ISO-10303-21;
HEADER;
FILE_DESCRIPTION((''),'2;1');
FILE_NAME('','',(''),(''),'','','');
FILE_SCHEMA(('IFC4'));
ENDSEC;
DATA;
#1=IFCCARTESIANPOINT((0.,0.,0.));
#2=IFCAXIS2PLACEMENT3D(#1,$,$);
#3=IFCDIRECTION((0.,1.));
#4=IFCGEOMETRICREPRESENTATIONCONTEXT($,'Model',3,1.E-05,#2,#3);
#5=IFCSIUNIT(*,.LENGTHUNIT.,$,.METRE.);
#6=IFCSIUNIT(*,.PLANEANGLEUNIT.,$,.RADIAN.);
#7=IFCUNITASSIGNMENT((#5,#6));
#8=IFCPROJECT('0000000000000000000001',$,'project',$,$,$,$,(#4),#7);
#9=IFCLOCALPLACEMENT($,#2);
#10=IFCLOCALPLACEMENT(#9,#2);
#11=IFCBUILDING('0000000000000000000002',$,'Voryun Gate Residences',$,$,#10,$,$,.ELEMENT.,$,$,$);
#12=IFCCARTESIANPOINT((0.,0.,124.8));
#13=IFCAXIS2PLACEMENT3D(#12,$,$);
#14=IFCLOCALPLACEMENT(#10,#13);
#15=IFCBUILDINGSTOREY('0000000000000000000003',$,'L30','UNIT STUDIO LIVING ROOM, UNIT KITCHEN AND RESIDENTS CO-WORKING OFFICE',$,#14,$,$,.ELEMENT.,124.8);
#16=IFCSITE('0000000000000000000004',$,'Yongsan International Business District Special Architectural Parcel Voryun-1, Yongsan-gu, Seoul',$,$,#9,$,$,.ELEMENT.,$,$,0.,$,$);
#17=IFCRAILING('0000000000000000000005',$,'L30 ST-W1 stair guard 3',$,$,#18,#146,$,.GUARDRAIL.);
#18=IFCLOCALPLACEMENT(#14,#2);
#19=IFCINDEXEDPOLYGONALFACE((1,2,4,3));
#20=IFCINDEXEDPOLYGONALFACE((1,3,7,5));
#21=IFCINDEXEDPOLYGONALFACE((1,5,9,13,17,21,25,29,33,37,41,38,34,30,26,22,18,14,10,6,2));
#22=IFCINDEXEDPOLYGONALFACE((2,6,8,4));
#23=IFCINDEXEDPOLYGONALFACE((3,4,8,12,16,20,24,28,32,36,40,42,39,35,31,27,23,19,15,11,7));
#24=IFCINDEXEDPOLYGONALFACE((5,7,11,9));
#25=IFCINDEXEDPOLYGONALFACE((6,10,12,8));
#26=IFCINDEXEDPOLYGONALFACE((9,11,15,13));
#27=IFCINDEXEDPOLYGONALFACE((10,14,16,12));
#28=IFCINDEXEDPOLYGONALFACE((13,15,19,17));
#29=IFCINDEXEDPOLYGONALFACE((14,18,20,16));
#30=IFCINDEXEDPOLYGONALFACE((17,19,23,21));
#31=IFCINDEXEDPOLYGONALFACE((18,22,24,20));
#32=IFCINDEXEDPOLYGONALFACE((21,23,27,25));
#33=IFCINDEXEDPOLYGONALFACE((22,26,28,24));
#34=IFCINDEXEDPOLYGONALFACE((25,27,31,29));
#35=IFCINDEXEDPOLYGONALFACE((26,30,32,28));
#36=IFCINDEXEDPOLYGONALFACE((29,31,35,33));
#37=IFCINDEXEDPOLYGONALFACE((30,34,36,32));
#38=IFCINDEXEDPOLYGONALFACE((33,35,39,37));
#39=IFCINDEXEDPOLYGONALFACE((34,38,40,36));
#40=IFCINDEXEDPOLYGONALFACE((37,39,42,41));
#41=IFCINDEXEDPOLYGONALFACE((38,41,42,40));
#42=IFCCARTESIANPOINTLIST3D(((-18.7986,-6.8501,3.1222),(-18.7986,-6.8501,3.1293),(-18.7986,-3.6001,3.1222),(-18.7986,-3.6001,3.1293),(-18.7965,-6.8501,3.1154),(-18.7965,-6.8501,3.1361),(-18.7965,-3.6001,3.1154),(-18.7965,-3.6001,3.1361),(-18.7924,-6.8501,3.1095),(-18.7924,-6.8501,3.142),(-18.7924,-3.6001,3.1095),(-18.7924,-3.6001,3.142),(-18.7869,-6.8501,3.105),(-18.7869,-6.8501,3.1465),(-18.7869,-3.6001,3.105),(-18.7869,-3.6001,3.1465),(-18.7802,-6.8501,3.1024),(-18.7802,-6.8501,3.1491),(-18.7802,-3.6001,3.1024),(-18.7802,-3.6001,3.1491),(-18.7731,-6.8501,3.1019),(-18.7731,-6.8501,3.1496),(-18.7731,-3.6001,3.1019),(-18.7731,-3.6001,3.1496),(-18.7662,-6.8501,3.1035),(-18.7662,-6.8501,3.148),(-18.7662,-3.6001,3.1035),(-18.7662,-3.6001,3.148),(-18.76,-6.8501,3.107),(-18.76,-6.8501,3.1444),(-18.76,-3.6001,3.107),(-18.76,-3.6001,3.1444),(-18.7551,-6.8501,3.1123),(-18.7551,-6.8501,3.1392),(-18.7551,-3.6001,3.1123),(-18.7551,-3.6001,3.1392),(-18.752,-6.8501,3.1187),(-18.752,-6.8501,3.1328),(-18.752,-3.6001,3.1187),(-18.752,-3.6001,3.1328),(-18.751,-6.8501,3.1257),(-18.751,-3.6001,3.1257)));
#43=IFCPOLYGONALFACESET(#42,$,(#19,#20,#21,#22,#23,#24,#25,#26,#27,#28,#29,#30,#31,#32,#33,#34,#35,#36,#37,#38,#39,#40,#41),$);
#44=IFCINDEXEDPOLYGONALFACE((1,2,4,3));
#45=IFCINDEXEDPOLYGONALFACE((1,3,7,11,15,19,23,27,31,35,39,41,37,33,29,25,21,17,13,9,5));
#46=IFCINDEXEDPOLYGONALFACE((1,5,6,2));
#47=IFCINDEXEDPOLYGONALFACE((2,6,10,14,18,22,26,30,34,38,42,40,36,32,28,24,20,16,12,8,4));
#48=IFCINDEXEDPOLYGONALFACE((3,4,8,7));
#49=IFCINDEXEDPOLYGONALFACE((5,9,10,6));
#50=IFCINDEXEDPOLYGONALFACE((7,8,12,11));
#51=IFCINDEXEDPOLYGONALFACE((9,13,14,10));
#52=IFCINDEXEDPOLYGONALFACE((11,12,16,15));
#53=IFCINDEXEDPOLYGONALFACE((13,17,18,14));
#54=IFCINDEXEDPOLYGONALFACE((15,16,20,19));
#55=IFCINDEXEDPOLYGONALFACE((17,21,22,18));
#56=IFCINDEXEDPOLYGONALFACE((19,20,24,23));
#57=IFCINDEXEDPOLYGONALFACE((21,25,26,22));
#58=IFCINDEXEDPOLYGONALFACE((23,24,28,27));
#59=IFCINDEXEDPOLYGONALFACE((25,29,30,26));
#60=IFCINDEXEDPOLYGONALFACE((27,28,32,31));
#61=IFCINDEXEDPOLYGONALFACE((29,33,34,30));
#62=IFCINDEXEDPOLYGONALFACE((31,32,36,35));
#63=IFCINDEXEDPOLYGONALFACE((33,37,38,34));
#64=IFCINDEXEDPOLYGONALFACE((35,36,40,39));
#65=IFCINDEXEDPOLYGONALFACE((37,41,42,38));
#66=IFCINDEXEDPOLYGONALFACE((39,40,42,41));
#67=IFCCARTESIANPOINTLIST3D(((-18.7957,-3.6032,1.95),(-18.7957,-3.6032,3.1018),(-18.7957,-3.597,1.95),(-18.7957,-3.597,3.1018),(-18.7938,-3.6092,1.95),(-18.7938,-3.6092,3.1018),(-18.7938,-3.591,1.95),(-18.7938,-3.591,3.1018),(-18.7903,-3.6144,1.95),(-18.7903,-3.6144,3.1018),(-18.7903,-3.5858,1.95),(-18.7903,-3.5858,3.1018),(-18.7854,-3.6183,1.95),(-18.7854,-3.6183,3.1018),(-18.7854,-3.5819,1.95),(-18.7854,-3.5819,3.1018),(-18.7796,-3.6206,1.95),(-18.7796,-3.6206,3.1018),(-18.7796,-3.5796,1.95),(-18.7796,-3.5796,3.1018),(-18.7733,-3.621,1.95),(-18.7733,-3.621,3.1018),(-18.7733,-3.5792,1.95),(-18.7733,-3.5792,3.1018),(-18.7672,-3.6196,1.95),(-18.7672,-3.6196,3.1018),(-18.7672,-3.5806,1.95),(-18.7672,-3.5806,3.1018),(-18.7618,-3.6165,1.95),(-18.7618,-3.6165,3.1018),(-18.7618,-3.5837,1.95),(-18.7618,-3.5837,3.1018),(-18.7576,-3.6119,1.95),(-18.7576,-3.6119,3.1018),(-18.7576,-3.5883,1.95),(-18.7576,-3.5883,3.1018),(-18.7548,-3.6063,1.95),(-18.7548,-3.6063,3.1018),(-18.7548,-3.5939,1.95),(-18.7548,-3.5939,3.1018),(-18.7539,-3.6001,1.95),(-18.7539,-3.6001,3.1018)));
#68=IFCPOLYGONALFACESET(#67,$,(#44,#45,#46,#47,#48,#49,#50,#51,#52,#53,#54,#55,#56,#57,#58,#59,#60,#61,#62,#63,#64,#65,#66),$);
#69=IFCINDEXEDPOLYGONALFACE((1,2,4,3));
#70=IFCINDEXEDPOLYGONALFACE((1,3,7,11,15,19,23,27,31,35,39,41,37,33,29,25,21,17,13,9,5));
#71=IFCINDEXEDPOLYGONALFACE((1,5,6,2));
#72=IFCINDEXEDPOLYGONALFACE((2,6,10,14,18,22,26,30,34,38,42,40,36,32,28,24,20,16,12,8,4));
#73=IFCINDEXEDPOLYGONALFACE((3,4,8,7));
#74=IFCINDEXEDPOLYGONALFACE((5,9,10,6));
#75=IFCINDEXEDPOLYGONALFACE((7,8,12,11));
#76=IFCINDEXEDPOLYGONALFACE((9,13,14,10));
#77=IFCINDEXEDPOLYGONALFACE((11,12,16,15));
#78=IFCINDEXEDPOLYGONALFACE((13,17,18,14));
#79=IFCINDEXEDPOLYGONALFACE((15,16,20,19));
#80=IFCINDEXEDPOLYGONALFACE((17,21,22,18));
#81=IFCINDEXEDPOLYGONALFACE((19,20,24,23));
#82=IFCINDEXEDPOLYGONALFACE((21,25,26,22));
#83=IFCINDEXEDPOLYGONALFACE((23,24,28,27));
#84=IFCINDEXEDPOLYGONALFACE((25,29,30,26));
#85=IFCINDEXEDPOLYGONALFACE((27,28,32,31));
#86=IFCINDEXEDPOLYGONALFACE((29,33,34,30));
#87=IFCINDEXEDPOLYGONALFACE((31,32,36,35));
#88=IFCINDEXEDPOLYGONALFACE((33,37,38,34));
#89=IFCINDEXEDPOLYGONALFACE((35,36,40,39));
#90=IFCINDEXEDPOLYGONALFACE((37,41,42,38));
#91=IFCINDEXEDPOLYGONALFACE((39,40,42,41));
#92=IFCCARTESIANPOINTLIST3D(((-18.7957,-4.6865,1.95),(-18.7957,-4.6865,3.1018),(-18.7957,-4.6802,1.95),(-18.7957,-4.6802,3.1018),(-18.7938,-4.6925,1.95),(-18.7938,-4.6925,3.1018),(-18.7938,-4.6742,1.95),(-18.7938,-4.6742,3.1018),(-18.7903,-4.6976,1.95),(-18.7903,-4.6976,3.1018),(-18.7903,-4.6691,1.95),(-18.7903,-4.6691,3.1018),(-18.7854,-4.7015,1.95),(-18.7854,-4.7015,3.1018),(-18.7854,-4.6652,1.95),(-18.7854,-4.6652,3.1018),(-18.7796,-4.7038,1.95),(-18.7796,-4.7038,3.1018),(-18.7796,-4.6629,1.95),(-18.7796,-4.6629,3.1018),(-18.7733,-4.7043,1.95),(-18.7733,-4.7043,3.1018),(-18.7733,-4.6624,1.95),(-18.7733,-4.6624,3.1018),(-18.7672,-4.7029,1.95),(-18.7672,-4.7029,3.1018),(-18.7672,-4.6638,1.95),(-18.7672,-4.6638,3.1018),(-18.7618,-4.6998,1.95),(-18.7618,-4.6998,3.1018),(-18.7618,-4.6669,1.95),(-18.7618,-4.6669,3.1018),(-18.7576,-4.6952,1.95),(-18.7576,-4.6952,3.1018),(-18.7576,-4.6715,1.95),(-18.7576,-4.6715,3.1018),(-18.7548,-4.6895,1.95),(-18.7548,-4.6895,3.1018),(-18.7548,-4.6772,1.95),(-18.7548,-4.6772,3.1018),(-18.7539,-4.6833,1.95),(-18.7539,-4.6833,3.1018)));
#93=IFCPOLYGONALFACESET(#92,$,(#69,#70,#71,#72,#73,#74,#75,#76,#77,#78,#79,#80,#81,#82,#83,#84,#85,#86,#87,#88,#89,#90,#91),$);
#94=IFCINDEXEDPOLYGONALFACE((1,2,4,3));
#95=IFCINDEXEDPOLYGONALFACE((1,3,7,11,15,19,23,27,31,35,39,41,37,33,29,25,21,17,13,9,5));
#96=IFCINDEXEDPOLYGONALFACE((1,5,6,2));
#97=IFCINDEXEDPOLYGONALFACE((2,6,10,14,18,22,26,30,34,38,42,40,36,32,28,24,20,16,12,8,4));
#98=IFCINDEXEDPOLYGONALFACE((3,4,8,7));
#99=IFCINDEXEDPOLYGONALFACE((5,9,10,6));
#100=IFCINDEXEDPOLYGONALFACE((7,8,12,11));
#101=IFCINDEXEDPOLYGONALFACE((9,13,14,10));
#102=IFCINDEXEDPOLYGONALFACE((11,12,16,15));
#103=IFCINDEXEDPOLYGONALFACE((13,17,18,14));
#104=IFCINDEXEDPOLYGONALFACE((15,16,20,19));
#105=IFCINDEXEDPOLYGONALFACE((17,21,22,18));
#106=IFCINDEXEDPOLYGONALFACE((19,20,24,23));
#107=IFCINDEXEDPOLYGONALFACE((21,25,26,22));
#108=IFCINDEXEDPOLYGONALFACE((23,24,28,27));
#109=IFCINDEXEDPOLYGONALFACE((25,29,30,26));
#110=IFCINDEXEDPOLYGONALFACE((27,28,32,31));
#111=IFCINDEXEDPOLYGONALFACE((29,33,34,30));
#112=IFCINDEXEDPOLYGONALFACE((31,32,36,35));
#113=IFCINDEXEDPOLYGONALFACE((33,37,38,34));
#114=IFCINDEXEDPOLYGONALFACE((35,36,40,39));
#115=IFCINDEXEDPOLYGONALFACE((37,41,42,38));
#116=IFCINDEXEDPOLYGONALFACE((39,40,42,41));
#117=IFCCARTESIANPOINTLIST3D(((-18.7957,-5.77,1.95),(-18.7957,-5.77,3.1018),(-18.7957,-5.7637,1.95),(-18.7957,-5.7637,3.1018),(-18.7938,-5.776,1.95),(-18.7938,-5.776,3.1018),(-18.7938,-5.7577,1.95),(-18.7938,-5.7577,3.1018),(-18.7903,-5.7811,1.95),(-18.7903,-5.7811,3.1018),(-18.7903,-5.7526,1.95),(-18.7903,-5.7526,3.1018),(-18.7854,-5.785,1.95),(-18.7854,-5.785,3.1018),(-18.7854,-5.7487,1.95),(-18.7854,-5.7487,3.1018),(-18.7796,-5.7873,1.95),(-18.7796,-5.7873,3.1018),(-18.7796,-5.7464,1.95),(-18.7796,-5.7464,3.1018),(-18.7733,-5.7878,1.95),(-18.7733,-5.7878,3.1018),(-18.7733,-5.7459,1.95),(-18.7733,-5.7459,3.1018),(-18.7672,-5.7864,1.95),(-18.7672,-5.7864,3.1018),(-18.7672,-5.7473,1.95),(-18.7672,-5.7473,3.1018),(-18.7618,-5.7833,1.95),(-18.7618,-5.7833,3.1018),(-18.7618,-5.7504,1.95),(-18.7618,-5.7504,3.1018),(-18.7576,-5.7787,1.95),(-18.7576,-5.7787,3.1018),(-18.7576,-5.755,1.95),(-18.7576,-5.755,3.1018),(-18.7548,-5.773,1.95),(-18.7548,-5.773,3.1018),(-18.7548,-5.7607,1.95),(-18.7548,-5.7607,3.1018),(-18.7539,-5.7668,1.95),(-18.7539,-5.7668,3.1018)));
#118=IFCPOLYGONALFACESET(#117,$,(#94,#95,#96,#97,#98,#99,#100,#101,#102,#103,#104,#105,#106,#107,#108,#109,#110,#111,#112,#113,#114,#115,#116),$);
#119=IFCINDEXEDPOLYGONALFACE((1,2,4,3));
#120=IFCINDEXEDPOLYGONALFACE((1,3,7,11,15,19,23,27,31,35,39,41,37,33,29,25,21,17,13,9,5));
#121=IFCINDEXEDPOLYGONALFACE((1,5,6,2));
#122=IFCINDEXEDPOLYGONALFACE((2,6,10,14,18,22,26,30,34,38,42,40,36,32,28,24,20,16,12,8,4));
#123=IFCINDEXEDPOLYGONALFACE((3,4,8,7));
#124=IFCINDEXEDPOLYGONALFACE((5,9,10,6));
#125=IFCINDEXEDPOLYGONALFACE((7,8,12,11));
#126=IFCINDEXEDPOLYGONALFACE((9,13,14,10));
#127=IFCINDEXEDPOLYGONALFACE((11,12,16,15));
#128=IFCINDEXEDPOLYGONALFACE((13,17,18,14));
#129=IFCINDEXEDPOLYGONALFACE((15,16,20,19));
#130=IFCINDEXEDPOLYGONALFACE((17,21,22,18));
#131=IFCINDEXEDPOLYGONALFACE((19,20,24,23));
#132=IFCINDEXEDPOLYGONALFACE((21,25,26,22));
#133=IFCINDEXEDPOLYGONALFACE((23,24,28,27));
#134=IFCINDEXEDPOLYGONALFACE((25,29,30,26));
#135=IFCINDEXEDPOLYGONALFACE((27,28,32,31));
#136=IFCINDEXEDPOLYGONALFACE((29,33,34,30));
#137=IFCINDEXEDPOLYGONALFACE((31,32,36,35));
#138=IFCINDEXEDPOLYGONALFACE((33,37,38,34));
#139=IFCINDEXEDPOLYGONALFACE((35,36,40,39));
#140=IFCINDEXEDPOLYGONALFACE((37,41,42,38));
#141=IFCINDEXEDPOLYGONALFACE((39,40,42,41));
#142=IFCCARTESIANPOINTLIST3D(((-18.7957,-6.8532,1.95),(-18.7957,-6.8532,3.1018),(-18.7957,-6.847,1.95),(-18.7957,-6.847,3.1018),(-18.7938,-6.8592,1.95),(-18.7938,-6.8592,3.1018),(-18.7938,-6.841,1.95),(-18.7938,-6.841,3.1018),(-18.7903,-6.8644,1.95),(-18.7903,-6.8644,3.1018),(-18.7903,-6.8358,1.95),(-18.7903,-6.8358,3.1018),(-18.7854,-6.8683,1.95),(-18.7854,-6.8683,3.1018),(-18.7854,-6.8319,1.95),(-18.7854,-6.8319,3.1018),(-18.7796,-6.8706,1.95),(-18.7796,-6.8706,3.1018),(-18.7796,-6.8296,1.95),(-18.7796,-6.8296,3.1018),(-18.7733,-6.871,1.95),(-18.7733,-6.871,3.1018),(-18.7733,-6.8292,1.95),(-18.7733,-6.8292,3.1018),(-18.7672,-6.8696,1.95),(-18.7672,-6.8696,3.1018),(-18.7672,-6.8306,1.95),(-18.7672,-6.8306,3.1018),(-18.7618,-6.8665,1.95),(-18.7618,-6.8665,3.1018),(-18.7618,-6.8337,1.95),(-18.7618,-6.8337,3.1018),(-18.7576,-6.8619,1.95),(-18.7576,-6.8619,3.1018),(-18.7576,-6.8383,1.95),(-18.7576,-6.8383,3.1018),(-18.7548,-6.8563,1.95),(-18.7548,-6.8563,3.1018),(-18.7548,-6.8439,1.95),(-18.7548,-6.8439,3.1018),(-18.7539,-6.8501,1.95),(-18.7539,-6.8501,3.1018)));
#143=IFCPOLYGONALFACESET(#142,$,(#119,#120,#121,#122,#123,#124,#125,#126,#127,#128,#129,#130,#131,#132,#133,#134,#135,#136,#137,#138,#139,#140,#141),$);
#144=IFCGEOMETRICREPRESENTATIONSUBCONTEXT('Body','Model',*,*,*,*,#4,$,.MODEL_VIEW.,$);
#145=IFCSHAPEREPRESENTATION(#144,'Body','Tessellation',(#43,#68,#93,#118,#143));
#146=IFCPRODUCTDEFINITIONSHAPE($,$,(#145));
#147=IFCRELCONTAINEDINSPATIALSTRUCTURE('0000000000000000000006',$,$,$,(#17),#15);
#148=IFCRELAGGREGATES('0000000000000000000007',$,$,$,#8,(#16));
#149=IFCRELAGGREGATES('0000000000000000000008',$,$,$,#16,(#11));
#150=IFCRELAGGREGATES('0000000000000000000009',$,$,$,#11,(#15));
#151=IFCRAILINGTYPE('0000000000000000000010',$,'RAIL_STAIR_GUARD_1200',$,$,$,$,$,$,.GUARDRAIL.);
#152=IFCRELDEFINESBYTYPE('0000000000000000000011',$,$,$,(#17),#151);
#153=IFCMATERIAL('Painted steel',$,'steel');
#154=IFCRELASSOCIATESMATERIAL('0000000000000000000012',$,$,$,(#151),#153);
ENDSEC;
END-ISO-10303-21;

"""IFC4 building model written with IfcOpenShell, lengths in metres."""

from ifc_helpers import new_model, si_unit, direction, frame, origin, origin_2d, place, context, subcontext, project, spatial, circle, extrude, material, type_object, element, save


model = new_model("IFC4")

# Units and contexts
model_context = context("Model", 3, precision=1e-05, world=origin(), true_north=direction((0.0, 1.0)))
body_context = subcontext(model_context, "Body", "Model", "MODEL_VIEW")
ifc_project = project(units=[si_unit("LENGTHUNIT", "METRE"), si_unit("PLANEANGLEUNIT", "RADIAN")], contexts=[model_context])

# Site, building, storey
site_placement = place(None, origin())
site = spatial("IfcSite", under=ifc_project, at=site_placement, Name="Yongsan International Business District Special Architectural Parcel Voryun-1, Yongsan-gu, Seoul", CompositionType="ELEMENT", RefElevation=0.0)
building_placement = place(site_placement, origin())
building = spatial("IfcBuilding", under=site, at=building_placement, Name="Voryun Gate Residences", CompositionType="ELEMENT")
storey_placement = place(building_placement, frame((0.0, 0.0, 124.8)))
storey = spatial("IfcBuildingStorey", under=building, at=storey_placement, Name="L30", Description="UNIT STUDIO LIVING ROOM, UNIT KITCHEN AND RESIDENTS CO-WORKING OFFICE", CompositionType="ELEMENT", Elevation=124.8)

# Railing
ifc_material_1 = material(Name="Painted steel", Category="steel")
railing_type_1 = type_object("IfcRailingType", Name="RAIL_STAIR_GUARD_1200", PredefinedType="GUARDRAIL", material=ifc_material_1)
railing_1_placement = place(storey_placement, frame((-18.7749, -3.6001, 1.95)))
element("IfcRailing", 1, at=railing_1_placement, inside=storey, type_object=railing_type_1, Name="L30 ST-W1 stair guard 3", PredefinedType="GUARDRAIL", context=body_context, shape_type="SweptSolid", body=[
    extrude(circle(Radius=0.0239, at=origin_2d()), frame((0.0, 0.0, 1.1758), z_axis=(0.0, -1.0, 0.0), x_axis=(1.0, 0.0, 0.0)), (0.0, 0.0, 1.0), 3.25),
    extrude(circle(Radius=0.021, at=origin_2d()), origin(), (0.0, 0.0, 1.0), 1.1519),
    extrude(circle(Radius=0.021, at=origin_2d()), frame((0.0, -1.0833, 0.0)), (0.0, 0.0, 1.0), 1.1519),
    extrude(circle(Radius=0.021, at=origin_2d()), frame((0.0, -2.1667, 0.0)), (0.0, 0.0, 1.0), 1.1519),
    extrude(circle(Radius=0.021, at=origin_2d()), frame((0.0, -3.25, 0.0)), (0.0, 0.0, 1.0), 1.1519),
])

save(model, "model.ifc")
